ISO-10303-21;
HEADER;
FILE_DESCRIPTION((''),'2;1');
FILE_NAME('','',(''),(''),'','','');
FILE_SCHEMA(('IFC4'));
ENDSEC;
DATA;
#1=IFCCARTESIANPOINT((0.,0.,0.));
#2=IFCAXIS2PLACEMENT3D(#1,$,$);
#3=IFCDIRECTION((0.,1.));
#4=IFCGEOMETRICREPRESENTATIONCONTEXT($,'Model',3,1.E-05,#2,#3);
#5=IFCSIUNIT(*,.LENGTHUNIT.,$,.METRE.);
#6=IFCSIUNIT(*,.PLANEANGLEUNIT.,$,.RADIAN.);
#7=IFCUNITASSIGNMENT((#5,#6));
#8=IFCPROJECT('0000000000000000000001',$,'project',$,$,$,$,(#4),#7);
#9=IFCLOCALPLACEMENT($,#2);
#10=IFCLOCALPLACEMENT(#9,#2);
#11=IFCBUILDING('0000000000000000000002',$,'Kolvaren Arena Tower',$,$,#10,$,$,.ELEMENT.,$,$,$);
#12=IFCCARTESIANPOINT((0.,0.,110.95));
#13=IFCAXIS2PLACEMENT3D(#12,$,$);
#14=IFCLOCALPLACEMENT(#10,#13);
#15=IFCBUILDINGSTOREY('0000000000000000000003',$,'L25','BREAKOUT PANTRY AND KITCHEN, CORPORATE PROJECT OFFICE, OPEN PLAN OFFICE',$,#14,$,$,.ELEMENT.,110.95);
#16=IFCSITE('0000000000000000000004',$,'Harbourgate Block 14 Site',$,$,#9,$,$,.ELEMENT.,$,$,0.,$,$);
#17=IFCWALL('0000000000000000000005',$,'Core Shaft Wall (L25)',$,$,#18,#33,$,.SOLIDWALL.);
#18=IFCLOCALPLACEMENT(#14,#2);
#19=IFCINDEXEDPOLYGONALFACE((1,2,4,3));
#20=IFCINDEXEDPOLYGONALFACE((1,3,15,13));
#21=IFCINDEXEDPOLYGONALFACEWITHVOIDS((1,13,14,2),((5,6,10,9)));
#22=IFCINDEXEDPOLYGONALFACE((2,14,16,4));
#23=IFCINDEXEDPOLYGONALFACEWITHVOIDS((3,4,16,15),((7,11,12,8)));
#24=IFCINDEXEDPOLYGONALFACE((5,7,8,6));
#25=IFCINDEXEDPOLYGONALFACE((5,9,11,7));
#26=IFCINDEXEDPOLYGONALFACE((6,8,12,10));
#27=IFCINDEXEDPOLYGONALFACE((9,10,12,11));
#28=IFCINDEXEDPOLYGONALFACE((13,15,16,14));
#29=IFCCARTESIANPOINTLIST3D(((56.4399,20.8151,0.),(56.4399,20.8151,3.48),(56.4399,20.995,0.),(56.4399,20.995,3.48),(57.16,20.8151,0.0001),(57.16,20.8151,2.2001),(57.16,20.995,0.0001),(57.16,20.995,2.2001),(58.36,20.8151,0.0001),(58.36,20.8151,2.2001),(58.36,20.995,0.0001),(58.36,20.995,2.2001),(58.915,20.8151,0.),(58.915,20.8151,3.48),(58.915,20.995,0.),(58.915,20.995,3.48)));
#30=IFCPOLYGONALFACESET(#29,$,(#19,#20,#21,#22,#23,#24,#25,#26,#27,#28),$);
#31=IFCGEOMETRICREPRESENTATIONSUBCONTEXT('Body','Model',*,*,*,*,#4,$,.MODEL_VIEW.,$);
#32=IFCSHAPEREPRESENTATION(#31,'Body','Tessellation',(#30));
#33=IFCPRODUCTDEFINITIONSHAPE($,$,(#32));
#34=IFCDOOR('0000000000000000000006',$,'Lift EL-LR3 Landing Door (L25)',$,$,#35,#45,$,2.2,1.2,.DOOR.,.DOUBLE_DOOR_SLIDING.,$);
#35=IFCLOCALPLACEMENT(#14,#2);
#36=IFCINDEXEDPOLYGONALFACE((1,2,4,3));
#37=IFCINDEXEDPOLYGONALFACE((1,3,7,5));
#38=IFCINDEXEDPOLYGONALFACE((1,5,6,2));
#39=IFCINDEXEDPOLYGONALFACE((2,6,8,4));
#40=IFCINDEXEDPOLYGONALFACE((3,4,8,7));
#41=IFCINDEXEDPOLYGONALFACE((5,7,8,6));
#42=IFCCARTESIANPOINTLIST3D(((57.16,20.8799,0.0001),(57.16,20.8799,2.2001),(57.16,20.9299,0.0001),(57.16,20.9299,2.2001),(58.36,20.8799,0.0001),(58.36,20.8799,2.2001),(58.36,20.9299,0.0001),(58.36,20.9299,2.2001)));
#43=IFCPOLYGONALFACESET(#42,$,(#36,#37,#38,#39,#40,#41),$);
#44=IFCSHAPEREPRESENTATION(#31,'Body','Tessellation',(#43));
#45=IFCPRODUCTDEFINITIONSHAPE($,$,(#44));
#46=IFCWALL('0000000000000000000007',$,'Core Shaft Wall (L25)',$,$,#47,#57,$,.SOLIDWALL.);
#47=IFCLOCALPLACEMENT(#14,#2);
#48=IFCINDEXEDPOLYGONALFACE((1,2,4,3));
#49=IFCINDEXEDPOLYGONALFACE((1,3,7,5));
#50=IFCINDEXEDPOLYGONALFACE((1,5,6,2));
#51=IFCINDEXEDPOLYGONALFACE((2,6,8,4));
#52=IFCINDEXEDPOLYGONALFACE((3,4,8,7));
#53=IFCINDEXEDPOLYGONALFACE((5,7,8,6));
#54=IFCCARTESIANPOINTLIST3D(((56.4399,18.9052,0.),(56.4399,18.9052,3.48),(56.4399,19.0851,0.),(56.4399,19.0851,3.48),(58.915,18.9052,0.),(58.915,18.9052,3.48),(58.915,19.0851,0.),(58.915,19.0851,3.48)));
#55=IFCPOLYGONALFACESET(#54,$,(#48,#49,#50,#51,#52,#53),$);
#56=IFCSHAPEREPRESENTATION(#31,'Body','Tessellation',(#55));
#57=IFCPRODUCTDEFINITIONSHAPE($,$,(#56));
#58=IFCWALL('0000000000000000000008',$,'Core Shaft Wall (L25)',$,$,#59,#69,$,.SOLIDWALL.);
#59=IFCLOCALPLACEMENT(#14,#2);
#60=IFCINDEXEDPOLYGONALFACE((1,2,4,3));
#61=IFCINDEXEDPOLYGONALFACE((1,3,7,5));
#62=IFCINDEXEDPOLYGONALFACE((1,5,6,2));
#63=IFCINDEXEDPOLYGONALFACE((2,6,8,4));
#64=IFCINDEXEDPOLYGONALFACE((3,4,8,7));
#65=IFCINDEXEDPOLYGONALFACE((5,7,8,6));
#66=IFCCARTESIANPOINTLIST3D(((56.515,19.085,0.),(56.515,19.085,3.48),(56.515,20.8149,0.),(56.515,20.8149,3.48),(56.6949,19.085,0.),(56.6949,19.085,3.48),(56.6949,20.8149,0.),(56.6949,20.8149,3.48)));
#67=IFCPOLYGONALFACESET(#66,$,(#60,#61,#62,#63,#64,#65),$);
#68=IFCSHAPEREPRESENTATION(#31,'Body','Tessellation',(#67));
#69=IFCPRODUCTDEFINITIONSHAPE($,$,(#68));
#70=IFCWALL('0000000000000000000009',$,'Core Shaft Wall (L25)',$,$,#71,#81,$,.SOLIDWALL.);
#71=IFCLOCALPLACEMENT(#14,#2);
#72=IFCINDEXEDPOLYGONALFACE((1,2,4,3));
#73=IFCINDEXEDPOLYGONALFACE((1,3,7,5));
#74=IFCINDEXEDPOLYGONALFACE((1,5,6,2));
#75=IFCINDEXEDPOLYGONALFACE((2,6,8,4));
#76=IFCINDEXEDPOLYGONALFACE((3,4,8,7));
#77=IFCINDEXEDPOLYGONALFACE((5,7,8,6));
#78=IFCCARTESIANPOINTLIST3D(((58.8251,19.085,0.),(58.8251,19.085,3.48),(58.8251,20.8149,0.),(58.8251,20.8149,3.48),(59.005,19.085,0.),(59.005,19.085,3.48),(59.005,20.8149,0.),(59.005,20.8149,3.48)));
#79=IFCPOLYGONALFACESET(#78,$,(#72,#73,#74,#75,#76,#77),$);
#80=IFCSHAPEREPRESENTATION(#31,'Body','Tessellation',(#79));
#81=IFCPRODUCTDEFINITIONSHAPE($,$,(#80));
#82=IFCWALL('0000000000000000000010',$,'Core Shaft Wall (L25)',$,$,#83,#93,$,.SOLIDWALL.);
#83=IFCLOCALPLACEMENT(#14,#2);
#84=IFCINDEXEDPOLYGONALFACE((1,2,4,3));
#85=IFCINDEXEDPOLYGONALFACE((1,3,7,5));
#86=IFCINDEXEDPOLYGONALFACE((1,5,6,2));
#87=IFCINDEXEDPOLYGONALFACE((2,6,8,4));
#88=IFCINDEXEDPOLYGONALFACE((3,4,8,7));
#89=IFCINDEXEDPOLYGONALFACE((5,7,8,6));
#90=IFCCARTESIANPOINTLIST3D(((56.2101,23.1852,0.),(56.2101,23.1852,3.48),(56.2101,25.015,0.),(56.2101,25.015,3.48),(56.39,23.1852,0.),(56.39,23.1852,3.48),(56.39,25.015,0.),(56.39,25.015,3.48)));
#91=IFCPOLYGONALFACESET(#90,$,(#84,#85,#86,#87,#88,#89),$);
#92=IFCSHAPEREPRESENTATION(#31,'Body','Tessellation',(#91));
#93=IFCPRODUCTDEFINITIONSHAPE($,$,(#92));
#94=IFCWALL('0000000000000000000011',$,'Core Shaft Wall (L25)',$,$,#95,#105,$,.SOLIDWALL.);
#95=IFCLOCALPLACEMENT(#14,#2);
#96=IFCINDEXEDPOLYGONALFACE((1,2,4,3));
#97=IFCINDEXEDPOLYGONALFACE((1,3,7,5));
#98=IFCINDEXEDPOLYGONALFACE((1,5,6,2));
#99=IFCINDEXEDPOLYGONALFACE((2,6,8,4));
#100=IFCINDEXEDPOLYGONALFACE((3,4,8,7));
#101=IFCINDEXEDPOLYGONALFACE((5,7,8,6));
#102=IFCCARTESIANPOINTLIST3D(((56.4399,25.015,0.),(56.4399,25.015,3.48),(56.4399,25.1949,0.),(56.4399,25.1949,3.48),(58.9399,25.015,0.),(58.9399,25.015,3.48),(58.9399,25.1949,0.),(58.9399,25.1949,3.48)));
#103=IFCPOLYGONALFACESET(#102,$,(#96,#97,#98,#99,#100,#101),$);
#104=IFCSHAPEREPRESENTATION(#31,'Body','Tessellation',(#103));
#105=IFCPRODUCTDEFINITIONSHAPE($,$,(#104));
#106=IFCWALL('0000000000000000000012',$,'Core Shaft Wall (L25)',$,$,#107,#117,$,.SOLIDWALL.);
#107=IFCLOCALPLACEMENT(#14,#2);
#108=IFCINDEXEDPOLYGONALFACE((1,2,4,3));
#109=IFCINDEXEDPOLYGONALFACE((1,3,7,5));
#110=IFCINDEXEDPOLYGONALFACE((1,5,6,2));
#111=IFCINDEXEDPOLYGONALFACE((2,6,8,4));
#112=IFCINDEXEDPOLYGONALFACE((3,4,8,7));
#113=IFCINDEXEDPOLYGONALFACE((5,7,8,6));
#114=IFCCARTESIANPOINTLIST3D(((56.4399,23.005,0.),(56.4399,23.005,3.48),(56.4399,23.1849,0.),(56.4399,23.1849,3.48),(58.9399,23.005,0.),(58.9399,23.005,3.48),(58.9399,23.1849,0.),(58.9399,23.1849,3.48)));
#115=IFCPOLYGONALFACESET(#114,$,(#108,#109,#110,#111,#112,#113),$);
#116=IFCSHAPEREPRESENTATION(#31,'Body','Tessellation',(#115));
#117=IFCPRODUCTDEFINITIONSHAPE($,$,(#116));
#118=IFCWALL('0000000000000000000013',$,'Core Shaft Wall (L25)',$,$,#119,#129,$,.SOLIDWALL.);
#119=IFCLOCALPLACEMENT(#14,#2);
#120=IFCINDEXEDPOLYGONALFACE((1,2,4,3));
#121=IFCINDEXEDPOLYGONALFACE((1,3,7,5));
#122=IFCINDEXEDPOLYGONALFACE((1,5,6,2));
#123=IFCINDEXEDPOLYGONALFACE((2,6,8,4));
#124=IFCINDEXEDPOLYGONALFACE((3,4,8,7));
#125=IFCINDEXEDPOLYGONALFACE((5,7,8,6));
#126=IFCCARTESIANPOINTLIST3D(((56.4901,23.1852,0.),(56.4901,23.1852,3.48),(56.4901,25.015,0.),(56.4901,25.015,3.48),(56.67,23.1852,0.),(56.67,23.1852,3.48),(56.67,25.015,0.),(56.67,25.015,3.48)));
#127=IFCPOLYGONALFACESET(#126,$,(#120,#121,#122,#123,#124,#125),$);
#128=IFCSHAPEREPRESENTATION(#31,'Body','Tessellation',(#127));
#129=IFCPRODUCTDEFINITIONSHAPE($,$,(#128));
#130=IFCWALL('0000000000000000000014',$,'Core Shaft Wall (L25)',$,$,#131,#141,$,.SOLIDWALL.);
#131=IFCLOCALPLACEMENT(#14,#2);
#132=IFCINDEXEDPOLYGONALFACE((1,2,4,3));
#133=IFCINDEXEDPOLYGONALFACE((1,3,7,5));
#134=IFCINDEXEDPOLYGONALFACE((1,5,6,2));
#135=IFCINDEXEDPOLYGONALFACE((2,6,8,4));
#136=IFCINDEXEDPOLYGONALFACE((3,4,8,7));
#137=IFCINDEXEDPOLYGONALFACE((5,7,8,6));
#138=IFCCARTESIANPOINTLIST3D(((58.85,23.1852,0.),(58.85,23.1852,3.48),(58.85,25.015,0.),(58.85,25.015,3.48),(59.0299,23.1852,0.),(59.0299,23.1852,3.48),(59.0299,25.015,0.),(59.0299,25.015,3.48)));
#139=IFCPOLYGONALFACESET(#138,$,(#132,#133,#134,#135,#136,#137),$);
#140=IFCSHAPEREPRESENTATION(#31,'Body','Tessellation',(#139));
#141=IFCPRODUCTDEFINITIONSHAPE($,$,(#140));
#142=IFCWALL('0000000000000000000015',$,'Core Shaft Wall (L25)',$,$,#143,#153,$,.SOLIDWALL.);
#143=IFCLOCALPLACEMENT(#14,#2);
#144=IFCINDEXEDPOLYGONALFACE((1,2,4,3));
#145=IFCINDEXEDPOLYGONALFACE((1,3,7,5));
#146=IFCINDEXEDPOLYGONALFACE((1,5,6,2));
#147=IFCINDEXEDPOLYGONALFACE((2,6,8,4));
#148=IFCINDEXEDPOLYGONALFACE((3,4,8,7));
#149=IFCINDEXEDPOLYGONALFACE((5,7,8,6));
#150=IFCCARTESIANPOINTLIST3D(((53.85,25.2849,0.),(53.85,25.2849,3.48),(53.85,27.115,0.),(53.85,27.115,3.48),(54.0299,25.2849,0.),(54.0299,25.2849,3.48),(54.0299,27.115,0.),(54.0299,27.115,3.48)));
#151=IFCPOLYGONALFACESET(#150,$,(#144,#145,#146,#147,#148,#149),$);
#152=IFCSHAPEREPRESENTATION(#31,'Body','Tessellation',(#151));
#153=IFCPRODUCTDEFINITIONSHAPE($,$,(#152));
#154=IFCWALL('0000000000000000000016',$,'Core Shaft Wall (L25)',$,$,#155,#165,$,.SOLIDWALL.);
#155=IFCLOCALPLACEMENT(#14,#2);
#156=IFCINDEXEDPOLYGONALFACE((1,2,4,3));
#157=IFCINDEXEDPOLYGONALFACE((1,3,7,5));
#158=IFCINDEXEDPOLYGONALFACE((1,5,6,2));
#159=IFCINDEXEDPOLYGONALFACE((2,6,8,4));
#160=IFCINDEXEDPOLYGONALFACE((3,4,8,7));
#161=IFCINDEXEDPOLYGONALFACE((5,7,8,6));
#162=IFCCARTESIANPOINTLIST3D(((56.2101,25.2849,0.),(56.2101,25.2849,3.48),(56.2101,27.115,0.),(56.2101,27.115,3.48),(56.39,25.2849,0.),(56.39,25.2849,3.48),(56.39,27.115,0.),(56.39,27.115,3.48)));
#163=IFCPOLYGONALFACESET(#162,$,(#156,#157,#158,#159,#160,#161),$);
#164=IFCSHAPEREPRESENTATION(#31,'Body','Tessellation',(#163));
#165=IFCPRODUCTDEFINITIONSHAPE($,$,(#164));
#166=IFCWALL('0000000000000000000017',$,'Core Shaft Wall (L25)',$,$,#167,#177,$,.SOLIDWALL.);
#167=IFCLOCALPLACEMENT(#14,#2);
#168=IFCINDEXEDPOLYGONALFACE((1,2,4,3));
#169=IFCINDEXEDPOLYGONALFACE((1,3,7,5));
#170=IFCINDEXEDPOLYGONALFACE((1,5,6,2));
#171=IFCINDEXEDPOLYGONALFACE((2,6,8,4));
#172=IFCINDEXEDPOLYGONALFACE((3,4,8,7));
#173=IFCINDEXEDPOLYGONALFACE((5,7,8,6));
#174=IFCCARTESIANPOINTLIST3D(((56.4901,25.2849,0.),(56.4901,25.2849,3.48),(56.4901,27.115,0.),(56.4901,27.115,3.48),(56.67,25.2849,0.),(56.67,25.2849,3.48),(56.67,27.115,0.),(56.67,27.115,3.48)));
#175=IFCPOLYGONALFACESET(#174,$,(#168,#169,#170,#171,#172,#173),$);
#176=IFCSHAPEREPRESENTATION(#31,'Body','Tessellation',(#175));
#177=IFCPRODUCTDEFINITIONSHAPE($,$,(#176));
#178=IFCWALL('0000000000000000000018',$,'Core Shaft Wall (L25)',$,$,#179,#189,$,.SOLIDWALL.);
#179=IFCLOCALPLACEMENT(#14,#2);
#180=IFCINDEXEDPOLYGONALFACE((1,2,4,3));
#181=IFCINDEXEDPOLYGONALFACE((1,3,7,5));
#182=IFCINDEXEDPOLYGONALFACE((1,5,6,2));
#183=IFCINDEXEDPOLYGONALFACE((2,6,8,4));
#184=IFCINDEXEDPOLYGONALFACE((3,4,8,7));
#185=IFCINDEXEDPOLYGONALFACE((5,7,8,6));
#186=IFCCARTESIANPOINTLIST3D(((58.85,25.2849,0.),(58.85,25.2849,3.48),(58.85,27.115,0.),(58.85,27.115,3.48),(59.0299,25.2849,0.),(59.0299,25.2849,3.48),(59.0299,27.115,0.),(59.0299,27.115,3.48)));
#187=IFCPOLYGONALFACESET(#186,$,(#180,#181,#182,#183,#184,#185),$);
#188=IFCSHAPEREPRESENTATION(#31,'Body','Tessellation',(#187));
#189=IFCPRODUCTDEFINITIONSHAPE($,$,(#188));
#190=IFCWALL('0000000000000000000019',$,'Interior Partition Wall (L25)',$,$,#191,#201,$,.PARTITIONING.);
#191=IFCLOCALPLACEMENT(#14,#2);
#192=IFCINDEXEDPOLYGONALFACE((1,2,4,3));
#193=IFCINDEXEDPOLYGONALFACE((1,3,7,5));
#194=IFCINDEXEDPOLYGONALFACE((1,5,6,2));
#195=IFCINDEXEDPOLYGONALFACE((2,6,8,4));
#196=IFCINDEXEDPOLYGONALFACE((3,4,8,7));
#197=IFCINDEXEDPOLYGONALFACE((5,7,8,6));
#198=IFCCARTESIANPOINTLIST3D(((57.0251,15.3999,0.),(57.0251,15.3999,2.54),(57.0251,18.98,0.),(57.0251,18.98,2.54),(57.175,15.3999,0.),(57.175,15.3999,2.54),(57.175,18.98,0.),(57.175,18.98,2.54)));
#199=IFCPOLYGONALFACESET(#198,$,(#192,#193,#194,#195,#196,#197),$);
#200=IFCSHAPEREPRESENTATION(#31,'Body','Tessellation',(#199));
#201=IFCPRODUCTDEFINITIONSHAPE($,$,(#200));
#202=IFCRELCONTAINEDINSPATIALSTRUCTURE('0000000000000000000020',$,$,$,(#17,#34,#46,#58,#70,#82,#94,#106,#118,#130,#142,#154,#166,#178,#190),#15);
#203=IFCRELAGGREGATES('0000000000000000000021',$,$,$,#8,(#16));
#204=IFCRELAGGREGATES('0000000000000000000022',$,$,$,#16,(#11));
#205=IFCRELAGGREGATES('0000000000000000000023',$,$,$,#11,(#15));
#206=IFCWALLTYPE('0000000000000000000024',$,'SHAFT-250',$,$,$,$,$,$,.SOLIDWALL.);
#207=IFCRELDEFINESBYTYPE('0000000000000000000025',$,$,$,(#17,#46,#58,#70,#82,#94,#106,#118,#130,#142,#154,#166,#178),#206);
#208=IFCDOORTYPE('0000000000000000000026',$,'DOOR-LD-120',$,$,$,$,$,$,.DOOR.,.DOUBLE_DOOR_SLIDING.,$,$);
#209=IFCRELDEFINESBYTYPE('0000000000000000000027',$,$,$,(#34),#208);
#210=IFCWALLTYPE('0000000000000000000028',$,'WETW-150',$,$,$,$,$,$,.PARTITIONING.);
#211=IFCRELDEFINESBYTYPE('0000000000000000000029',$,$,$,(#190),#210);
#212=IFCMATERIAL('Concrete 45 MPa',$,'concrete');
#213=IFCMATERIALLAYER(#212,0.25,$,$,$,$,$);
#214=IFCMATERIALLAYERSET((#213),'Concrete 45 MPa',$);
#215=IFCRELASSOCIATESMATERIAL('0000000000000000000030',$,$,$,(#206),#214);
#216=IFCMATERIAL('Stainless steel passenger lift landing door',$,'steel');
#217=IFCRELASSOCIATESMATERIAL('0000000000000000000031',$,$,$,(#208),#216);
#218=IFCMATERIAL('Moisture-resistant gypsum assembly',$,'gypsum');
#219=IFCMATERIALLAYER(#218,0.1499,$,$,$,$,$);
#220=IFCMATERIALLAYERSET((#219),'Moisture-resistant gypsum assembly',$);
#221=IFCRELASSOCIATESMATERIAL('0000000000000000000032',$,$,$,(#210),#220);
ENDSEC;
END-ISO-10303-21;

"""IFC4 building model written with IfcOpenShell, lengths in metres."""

from ifc_helpers import new_model, si_unit, direction, frame, frame_2d, origin, place, context, subcontext, project, spatial, rectangle, extrude, material, layer, layer_set, type_object, element, fill, save


model = new_model("IFC4")

# Units and contexts
model_context = context("Model", 3, precision=1e-05, world=origin(), true_north=direction((0.0, 1.0)))
body_context = subcontext(model_context, "Body", "Model", "MODEL_VIEW")
ifc_project = project(units=[si_unit("LENGTHUNIT", "METRE"), si_unit("PLANEANGLEUNIT", "RADIAN")], contexts=[model_context])

# Site, building, storey
site_placement = place(None, origin())
site = spatial("IfcSite", under=ifc_project, at=site_placement, Name="Harbourgate Block 14 Site", CompositionType="ELEMENT", RefElevation=0.0)
building_placement = place(site_placement, origin())
building = spatial("IfcBuilding", under=site, at=building_placement, Name="Kolvaren Arena Tower", CompositionType="ELEMENT")
storey_placement = place(building_placement, frame((0.0, 0.0, 110.95)))
storey = spatial("IfcBuildingStorey", under=building, at=storey_placement, Name="L25", Description="BREAKOUT PANTRY AND KITCHEN, CORPORATE PROJECT OFFICE, OPEN PLAN OFFICE", CompositionType="ELEMENT", Elevation=110.95)

# Shared definitions
ifc_material_1 = material(Name="Concrete 45 MPa", Category="concrete")
ifc_layer_1 = layer(ifc_material_1, 0.25)
ifc_layer_set_1 = layer_set([ifc_layer_1], Name="Concrete 45 MPa")
wall_type_1 = type_object("IfcWallType", Name="SHAFT-250", PredefinedType="SOLIDWALL", material=ifc_layer_set_1)

# Wall, opening, door
wall_1_placement = place(storey_placement, frame((56.4399, 20.905, 0.0), z_axis=(0.0, 0.0, 1.0), x_axis=(1.0, 0.0, 0.0)))
wall_1 = element("IfcWall", 1, at=wall_1_placement, inside=storey, type_object=wall_type_1, Name="Core Shaft Wall (L25)", PredefinedType="SOLIDWALL", context=body_context, shape_type="SweptSolid", body=[
    extrude(rectangle(XDim=2.4751, YDim=0.1799, at=frame_2d((1.2375, 0.0))), origin(), (0.0, 0.0, 1.0), 3.48),
])
opening_placement = place(wall_1_placement, frame((0.72, 0.0, 0.0)))
opening = element("IfcOpeningElement", 2, at=opening_placement, cuts=wall_1, PredefinedType="OPENING", context=body_context, shape_type="SweptSolid", body=[
    extrude(rectangle(XDim=1.2, YDim=2.2, at=frame_2d((0.6001, 1.1001))), frame((0.0, 0.0999, 0.0), z_axis=(0.0, -1.0, 0.0), x_axis=(1.0, 0.0, 0.0)), (0.0, 0.0, 1.0), 0.2),
])
ifc_material_2 = material(Name="Stainless steel passenger lift landing door", Category="steel")
door_type = type_object("IfcDoorType", Name="DOOR-LD-120", OperationType="DOUBLE_DOOR_SLIDING", PredefinedType="DOOR", material=ifc_material_2)
door_placement = place(opening_placement, origin())
door = element("IfcDoor", 3, at=door_placement, inside=storey, type_object=door_type, Name="Lift EL-LR3 Landing Door (L25)", OperationType="DOUBLE_DOOR_SLIDING", OverallHeight=2.2, OverallWidth=1.2, PredefinedType="DOOR", context=body_context, shape_type="SweptSolid", body=[
    extrude(rectangle(XDim=1.2, YDim=2.2, at=frame_2d((0.6001, 1.1001))), frame((0.0, 0.0249, 0.0), z_axis=(0.0, -1.0, 0.0), x_axis=(1.0, 0.0, 0.0)), (0.0, 0.0, 1.0), 0.05),
])
fill(opening, door)

# Walls
wall_2_placement = place(storey_placement, frame((56.4399, 18.9951, 0.0), z_axis=(0.0, 0.0, 1.0), x_axis=(1.0, 0.0, 0.0)))
element("IfcWall", 4, at=wall_2_placement, inside=storey, type_object=wall_type_1, Name="Core Shaft Wall (L25)", PredefinedType="SOLIDWALL", context=body_context, shape_type="SweptSolid", body=[
    extrude(rectangle(XDim=2.4751, YDim=0.1799, at=frame_2d((1.2375, 0.0))), origin(), (0.0, 0.0, 1.0), 3.48),
])
for number, where, z_axis, x_axis, name in (
    (5, (56.605, 19.085, 0.0), (0.0, 0.0, 1.0), (0.0, 1.0, 0.0), "Core Shaft Wall (L25)"),
    (6, (58.915, 19.085, 0.0), (0.0, 0.0, 1.0), (0.0, 1.0, 0.0), "Core Shaft Wall (L25)"),
):
    element("IfcWall", number, at=place(storey_placement, frame(where, z_axis=z_axis, x_axis=x_axis)), inside=storey, type_object=wall_type_1, Name=name, PredefinedType="SOLIDWALL", context=body_context, shape_type="SweptSolid", body=[
        extrude(rectangle(XDim=1.73, YDim=0.1799, at=frame_2d((0.865, 0.0))), origin(), (0.0, 0.0, 1.0), 3.48),
    ])
wall_3_placement = place(storey_placement, frame((56.3, 23.1851, 0.0), z_axis=(0.0, 0.0, 1.0), x_axis=(0.0, 1.0, 0.0)))
element("IfcWall", 7, at=wall_3_placement, inside=storey, type_object=wall_type_1, Name="Core Shaft Wall (L25)", PredefinedType="SOLIDWALL", context=body_context, shape_type="SweptSolid", body=[
    extrude(rectangle(XDim=1.8298, YDim=0.1799, at=frame_2d((0.915, 0.0))), origin(), (0.0, 0.0, 1.0), 3.48),
])
for number, where, z_axis, x_axis, name in (
    (8, (56.4399, 25.105, 0.0), (0.0, 0.0, 1.0), (1.0, 0.0, 0.0), "Core Shaft Wall (L25)"),
    (9, (56.4399, 23.095, 0.0), (0.0, 0.0, 1.0), (1.0, 0.0, 0.0), "Core Shaft Wall (L25)"),
):
    element("IfcWall", number, at=place(storey_placement, frame(where, z_axis=z_axis, x_axis=x_axis)), inside=storey, type_object=wall_type_1, Name=name, PredefinedType="SOLIDWALL", context=body_context, shape_type="SweptSolid", body=[
        extrude(rectangle(XDim=2.5, YDim=0.1799, at=frame_2d((1.25, 0.0))), origin(), (0.0, 0.0, 1.0), 3.48),
    ])
for number, where, z_axis, x_axis, name in (
    (10, (56.5801, 23.1851, 0.0), (0.0, 0.0, 1.0), (0.0, 1.0, 0.0), "Core Shaft Wall (L25)"),
    (11, (58.9399, 23.1851, 0.0), (0.0, 0.0, 1.0), (0.0, 1.0, 0.0), "Core Shaft Wall (L25)"),
):
    element("IfcWall", number, at=place(storey_placement, frame(where, z_axis=z_axis, x_axis=x_axis)), inside=storey, type_object=wall_type_1, Name=name, PredefinedType="SOLIDWALL", context=body_context, shape_type="SweptSolid", body=[
        extrude(rectangle(XDim=1.8298, YDim=0.1799, at=frame_2d((0.915, 0.0))), origin(), (0.0, 0.0, 1.0), 3.48),
    ])
for number, where, z_axis, x_axis, name in (
    (12, (53.9399, 25.2849, 0.0), (0.0, 0.0, 1.0), (0.0, 1.0, 0.0), "Core Shaft Wall (L25)"),
    (13, (56.3, 25.2849, 0.0), (0.0, 0.0, 1.0), (0.0, 1.0, 0.0), "Core Shaft Wall (L25)"),
    (14, (56.5801, 25.2849, 0.0), (0.0, 0.0, 1.0), (0.0, 1.0, 0.0), "Core Shaft Wall (L25)"),
    (15, (58.9399, 25.2849, 0.0), (0.0, 0.0, 1.0), (0.0, 1.0, 0.0), "Core Shaft Wall (L25)"),
):
    element("IfcWall", number, at=place(storey_placement, frame(where, z_axis=z_axis, x_axis=x_axis)), inside=storey, type_object=wall_type_1, Name=name, PredefinedType="SOLIDWALL", context=body_context, shape_type="SweptSolid", body=[
        extrude(rectangle(XDim=1.8301, YDim=0.1799, at=frame_2d((0.915, 0.0))), origin(), (0.0, 0.0, 1.0), 3.48),
    ])
ifc_material_3 = material(Name="Moisture-resistant gypsum assembly", Category="gypsum")
ifc_layer_2 = layer(ifc_material_3, 0.1499)
ifc_layer_set_2 = layer_set([ifc_layer_2], Name="Moisture-resistant gypsum assembly")
wall_type_2 = type_object("IfcWallType", Name="WETW-150", PredefinedType="PARTITIONING", material=ifc_layer_set_2)
wall_4_placement = place(storey_placement, frame((57.1001, 15.3999, 0.0), z_axis=(0.0, 0.0, 1.0), x_axis=(0.0, 1.0, 0.0)))
element("IfcWall", 16, at=wall_4_placement, inside=storey, type_object=wall_type_2, Name="Interior Partition Wall (L25)", PredefinedType="PARTITIONING", context=body_context, shape_type="SweptSolid", body=[
    extrude(rectangle(XDim=3.5801, YDim=0.1499, at=frame_2d((1.79, 0.0))), origin(), (0.0, 0.0, 1.0), 2.54),
])

save(model, "model.ifc")
